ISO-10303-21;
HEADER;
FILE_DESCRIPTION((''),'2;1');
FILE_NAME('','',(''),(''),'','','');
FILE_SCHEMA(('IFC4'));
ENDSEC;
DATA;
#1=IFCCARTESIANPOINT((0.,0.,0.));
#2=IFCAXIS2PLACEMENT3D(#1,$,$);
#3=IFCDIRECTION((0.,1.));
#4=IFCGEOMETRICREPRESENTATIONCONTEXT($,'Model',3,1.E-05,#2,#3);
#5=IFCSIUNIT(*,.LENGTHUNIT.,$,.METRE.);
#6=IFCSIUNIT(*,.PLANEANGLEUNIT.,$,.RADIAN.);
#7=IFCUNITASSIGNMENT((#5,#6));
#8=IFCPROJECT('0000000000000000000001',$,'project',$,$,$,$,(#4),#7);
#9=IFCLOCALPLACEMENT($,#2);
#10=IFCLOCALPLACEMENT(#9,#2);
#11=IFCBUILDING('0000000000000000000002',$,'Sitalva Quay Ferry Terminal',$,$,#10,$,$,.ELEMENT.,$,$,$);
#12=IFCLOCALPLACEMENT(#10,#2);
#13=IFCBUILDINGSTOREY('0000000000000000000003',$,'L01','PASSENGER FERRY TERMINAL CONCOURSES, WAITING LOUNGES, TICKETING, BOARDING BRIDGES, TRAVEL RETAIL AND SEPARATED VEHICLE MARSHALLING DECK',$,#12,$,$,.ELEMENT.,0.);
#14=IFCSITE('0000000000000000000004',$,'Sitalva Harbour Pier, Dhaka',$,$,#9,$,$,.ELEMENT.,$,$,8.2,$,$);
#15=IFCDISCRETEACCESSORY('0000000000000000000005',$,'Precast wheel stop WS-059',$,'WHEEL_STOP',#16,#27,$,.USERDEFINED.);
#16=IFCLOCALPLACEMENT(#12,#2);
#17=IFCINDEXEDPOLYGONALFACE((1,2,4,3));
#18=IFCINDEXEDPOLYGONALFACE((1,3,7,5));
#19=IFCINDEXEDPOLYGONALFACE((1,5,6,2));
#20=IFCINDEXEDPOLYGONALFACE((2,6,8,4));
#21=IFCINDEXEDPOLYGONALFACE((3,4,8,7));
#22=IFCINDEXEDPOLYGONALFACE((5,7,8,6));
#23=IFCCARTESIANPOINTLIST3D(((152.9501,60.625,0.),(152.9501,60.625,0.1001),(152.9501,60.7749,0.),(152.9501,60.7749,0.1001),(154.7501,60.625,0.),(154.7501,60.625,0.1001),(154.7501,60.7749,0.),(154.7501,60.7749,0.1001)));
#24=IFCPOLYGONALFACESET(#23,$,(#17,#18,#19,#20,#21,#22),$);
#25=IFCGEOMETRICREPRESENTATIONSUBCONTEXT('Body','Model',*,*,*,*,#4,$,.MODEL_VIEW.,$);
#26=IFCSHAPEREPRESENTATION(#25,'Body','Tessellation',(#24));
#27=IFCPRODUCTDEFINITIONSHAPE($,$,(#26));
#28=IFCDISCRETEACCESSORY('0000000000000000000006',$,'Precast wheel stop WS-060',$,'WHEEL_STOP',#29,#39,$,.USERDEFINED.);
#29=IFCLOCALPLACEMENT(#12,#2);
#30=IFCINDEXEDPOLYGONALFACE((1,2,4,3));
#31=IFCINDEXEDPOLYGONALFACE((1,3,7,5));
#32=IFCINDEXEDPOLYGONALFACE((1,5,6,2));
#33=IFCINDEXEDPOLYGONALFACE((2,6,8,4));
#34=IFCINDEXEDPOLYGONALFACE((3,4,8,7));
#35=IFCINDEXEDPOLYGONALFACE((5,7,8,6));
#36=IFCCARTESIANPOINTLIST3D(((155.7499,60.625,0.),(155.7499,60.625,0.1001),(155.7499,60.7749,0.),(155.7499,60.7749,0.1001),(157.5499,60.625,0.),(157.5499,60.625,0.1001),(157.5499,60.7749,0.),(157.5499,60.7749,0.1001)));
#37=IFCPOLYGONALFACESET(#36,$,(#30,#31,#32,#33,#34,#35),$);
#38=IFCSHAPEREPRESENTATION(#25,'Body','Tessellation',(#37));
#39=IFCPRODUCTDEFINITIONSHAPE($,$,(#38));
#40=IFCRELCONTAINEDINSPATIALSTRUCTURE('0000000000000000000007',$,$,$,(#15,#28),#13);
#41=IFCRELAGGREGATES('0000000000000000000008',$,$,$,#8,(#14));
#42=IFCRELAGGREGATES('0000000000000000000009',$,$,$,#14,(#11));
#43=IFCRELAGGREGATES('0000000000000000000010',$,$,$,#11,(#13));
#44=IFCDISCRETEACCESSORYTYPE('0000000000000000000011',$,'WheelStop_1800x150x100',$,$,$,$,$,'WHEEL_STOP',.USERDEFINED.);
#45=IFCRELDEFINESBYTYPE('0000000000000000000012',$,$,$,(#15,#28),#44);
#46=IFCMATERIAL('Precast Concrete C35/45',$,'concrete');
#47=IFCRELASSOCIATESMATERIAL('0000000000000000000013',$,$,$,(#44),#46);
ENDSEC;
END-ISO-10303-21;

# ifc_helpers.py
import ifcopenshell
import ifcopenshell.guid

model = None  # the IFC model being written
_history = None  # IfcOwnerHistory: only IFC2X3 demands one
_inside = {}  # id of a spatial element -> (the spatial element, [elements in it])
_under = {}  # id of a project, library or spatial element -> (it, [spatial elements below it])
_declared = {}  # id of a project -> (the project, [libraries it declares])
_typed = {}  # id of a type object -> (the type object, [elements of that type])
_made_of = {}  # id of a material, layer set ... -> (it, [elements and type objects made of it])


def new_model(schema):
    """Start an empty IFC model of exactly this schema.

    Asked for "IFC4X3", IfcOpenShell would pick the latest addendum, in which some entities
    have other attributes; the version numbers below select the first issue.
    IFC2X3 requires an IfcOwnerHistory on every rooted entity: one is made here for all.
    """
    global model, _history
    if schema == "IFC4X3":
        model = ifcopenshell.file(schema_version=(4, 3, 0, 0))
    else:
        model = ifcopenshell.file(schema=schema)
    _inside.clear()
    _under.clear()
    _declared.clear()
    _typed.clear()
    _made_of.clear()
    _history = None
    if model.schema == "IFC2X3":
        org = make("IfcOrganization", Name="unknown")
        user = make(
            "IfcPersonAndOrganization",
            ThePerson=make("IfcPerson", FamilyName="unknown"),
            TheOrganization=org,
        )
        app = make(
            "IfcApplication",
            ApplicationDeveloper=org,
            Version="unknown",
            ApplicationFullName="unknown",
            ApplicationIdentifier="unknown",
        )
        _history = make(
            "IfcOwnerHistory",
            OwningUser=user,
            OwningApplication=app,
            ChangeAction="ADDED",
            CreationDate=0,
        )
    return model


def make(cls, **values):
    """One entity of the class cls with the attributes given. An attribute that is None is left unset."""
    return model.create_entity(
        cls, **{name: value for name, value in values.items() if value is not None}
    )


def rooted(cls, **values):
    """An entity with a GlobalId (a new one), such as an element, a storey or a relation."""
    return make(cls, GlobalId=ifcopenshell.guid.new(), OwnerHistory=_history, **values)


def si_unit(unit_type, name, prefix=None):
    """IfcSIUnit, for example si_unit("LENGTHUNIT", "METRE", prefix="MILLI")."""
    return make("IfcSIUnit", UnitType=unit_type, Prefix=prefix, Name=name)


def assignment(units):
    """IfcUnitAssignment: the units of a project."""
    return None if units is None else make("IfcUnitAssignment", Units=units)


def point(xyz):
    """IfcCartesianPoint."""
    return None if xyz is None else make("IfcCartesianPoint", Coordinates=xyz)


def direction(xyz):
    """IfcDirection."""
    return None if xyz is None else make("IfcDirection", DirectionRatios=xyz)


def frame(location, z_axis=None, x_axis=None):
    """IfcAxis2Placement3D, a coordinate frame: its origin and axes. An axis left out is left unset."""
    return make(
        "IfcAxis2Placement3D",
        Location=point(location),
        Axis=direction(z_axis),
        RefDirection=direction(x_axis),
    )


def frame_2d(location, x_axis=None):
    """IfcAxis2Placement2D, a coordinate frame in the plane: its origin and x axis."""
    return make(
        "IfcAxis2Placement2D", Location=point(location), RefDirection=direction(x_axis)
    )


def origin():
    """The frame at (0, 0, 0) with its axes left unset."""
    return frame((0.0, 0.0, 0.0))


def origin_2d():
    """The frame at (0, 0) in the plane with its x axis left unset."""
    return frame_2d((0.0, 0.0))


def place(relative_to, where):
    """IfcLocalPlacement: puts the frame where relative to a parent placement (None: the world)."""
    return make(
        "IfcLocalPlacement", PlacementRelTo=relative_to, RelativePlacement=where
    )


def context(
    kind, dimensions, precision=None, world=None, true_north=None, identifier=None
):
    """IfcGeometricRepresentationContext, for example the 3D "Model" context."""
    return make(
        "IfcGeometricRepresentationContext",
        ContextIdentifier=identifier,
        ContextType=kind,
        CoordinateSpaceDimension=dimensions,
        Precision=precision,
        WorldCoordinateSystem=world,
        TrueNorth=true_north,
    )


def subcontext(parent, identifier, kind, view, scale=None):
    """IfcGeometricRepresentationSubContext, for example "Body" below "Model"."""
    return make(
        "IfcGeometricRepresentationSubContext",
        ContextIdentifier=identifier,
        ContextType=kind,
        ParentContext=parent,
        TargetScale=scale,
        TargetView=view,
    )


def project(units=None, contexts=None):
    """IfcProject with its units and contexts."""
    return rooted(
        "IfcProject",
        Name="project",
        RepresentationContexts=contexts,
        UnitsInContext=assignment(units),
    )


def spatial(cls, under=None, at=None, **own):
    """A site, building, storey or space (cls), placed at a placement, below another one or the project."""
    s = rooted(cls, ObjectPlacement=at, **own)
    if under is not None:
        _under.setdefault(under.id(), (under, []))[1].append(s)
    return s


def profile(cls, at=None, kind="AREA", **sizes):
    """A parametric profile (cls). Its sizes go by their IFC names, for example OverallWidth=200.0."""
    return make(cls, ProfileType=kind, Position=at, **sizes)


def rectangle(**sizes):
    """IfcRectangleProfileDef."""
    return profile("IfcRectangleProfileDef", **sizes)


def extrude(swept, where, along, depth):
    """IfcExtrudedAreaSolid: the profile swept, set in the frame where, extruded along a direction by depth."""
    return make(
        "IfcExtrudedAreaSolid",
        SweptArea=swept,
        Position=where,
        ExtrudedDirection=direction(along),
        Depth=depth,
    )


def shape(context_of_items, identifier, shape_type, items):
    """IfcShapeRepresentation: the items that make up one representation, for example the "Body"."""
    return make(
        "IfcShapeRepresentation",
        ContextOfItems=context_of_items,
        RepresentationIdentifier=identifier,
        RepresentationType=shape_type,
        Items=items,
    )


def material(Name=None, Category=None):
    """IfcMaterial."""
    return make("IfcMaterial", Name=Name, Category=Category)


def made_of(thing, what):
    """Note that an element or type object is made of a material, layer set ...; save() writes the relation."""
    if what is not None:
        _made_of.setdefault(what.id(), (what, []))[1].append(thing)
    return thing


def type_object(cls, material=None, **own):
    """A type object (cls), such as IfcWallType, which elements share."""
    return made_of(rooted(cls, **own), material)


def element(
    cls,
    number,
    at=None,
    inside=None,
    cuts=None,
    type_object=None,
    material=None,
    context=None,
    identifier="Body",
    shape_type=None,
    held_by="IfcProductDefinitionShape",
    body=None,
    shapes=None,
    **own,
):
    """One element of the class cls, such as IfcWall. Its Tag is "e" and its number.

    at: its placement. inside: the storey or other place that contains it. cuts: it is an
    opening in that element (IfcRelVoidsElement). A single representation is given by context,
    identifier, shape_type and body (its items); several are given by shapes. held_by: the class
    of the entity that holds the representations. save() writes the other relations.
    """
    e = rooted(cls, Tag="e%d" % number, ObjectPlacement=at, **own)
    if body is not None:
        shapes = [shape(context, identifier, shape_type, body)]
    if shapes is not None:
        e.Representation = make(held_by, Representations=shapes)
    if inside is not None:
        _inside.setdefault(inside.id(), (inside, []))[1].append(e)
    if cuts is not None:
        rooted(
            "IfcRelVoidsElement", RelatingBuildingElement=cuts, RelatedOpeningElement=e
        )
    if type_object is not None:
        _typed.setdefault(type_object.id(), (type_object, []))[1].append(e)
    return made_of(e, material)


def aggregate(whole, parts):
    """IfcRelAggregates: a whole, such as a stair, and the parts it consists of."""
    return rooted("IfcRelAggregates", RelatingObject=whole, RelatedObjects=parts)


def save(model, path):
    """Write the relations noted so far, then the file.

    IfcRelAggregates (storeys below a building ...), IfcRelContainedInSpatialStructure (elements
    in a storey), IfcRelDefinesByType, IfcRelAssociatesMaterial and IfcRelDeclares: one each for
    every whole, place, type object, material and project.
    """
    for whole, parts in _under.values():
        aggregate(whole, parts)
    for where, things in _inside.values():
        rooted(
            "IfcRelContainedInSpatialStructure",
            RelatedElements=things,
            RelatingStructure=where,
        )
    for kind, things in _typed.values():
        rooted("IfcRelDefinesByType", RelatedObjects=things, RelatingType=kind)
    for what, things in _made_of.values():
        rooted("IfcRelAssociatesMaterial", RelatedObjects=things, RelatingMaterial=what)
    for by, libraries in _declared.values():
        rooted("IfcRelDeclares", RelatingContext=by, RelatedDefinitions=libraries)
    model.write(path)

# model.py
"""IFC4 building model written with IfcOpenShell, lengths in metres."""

from ifc_helpers import new_model, si_unit, direction, frame, origin, origin_2d, place, context, subcontext, project, spatial, rectangle, extrude, material, type_object, element, save


model = new_model("IFC4")

# Units and contexts
model_context = context("Model", 3, precision=1e-05, world=origin(), true_north=direction((0.0, 1.0)))
body_context = subcontext(model_context, "Body", "Model", "MODEL_VIEW")
ifc_project = project(units=[si_unit("LENGTHUNIT", "METRE"), si_unit("PLANEANGLEUNIT", "RADIAN")], contexts=[model_context])

# Site, building, storey
site_placement = place(None, origin())
site = spatial("IfcSite", under=ifc_project, at=site_placement, Name="Sitalva Harbour Pier, Dhaka", CompositionType="ELEMENT", RefElevation=8.2)
building_placement = place(site_placement, origin())
building = spatial("IfcBuilding", under=site, at=building_placement, Name="Sitalva Quay Ferry Terminal", CompositionType="ELEMENT")
storey_placement = place(building_placement, origin())
storey = spatial("IfcBuildingStorey", under=building, at=storey_placement, Name="L01", Description="PASSENGER FERRY TERMINAL CONCOURSES, WAITING LOUNGES, TICKETING, BOARDING BRIDGES, TRAVEL RETAIL AND SEPARATED VEHICLE MARSHALLING DECK", CompositionType="ELEMENT", Elevation=0.0)

# Discrete accessories
ifc_material_1 = material(Name="Precast Concrete C35/45", Category="concrete")
discrete_accessory_type_1 = type_object("IfcDiscreteAccessoryType", Name="WheelStop_1800x150x100", ElementType="WHEEL_STOP", PredefinedType="USERDEFINED", material=ifc_material_1)
for number, where, z_axis, x_axis, name in (
    (1, (153.8501, 60.7, 0.0), (0.0, 0.0, 1.0), (1.0, 0.0, 0.0), "Precast wheel stop WS-059"),
    (2, (156.6499, 60.7, 0.0), (0.0, 0.0, 1.0), (1.0, 0.0, 0.0), "Precast wheel stop WS-060"),
):
    element("IfcDiscreteAccessory", number, at=place(storey_placement, frame(where, z_axis=z_axis, x_axis=x_axis)), inside=storey, type_object=discrete_accessory_type_1, Name=name, ObjectType="WHEEL_STOP", PredefinedType="USERDEFINED", context=body_context, shape_type="SweptSolid", body=[
        extrude(rectangle(XDim=1.8, YDim=0.1499, at=origin_2d()), origin(), (0.0, 0.0, 1.0), 0.1001),
    ])

save(model, "model.ifc")
